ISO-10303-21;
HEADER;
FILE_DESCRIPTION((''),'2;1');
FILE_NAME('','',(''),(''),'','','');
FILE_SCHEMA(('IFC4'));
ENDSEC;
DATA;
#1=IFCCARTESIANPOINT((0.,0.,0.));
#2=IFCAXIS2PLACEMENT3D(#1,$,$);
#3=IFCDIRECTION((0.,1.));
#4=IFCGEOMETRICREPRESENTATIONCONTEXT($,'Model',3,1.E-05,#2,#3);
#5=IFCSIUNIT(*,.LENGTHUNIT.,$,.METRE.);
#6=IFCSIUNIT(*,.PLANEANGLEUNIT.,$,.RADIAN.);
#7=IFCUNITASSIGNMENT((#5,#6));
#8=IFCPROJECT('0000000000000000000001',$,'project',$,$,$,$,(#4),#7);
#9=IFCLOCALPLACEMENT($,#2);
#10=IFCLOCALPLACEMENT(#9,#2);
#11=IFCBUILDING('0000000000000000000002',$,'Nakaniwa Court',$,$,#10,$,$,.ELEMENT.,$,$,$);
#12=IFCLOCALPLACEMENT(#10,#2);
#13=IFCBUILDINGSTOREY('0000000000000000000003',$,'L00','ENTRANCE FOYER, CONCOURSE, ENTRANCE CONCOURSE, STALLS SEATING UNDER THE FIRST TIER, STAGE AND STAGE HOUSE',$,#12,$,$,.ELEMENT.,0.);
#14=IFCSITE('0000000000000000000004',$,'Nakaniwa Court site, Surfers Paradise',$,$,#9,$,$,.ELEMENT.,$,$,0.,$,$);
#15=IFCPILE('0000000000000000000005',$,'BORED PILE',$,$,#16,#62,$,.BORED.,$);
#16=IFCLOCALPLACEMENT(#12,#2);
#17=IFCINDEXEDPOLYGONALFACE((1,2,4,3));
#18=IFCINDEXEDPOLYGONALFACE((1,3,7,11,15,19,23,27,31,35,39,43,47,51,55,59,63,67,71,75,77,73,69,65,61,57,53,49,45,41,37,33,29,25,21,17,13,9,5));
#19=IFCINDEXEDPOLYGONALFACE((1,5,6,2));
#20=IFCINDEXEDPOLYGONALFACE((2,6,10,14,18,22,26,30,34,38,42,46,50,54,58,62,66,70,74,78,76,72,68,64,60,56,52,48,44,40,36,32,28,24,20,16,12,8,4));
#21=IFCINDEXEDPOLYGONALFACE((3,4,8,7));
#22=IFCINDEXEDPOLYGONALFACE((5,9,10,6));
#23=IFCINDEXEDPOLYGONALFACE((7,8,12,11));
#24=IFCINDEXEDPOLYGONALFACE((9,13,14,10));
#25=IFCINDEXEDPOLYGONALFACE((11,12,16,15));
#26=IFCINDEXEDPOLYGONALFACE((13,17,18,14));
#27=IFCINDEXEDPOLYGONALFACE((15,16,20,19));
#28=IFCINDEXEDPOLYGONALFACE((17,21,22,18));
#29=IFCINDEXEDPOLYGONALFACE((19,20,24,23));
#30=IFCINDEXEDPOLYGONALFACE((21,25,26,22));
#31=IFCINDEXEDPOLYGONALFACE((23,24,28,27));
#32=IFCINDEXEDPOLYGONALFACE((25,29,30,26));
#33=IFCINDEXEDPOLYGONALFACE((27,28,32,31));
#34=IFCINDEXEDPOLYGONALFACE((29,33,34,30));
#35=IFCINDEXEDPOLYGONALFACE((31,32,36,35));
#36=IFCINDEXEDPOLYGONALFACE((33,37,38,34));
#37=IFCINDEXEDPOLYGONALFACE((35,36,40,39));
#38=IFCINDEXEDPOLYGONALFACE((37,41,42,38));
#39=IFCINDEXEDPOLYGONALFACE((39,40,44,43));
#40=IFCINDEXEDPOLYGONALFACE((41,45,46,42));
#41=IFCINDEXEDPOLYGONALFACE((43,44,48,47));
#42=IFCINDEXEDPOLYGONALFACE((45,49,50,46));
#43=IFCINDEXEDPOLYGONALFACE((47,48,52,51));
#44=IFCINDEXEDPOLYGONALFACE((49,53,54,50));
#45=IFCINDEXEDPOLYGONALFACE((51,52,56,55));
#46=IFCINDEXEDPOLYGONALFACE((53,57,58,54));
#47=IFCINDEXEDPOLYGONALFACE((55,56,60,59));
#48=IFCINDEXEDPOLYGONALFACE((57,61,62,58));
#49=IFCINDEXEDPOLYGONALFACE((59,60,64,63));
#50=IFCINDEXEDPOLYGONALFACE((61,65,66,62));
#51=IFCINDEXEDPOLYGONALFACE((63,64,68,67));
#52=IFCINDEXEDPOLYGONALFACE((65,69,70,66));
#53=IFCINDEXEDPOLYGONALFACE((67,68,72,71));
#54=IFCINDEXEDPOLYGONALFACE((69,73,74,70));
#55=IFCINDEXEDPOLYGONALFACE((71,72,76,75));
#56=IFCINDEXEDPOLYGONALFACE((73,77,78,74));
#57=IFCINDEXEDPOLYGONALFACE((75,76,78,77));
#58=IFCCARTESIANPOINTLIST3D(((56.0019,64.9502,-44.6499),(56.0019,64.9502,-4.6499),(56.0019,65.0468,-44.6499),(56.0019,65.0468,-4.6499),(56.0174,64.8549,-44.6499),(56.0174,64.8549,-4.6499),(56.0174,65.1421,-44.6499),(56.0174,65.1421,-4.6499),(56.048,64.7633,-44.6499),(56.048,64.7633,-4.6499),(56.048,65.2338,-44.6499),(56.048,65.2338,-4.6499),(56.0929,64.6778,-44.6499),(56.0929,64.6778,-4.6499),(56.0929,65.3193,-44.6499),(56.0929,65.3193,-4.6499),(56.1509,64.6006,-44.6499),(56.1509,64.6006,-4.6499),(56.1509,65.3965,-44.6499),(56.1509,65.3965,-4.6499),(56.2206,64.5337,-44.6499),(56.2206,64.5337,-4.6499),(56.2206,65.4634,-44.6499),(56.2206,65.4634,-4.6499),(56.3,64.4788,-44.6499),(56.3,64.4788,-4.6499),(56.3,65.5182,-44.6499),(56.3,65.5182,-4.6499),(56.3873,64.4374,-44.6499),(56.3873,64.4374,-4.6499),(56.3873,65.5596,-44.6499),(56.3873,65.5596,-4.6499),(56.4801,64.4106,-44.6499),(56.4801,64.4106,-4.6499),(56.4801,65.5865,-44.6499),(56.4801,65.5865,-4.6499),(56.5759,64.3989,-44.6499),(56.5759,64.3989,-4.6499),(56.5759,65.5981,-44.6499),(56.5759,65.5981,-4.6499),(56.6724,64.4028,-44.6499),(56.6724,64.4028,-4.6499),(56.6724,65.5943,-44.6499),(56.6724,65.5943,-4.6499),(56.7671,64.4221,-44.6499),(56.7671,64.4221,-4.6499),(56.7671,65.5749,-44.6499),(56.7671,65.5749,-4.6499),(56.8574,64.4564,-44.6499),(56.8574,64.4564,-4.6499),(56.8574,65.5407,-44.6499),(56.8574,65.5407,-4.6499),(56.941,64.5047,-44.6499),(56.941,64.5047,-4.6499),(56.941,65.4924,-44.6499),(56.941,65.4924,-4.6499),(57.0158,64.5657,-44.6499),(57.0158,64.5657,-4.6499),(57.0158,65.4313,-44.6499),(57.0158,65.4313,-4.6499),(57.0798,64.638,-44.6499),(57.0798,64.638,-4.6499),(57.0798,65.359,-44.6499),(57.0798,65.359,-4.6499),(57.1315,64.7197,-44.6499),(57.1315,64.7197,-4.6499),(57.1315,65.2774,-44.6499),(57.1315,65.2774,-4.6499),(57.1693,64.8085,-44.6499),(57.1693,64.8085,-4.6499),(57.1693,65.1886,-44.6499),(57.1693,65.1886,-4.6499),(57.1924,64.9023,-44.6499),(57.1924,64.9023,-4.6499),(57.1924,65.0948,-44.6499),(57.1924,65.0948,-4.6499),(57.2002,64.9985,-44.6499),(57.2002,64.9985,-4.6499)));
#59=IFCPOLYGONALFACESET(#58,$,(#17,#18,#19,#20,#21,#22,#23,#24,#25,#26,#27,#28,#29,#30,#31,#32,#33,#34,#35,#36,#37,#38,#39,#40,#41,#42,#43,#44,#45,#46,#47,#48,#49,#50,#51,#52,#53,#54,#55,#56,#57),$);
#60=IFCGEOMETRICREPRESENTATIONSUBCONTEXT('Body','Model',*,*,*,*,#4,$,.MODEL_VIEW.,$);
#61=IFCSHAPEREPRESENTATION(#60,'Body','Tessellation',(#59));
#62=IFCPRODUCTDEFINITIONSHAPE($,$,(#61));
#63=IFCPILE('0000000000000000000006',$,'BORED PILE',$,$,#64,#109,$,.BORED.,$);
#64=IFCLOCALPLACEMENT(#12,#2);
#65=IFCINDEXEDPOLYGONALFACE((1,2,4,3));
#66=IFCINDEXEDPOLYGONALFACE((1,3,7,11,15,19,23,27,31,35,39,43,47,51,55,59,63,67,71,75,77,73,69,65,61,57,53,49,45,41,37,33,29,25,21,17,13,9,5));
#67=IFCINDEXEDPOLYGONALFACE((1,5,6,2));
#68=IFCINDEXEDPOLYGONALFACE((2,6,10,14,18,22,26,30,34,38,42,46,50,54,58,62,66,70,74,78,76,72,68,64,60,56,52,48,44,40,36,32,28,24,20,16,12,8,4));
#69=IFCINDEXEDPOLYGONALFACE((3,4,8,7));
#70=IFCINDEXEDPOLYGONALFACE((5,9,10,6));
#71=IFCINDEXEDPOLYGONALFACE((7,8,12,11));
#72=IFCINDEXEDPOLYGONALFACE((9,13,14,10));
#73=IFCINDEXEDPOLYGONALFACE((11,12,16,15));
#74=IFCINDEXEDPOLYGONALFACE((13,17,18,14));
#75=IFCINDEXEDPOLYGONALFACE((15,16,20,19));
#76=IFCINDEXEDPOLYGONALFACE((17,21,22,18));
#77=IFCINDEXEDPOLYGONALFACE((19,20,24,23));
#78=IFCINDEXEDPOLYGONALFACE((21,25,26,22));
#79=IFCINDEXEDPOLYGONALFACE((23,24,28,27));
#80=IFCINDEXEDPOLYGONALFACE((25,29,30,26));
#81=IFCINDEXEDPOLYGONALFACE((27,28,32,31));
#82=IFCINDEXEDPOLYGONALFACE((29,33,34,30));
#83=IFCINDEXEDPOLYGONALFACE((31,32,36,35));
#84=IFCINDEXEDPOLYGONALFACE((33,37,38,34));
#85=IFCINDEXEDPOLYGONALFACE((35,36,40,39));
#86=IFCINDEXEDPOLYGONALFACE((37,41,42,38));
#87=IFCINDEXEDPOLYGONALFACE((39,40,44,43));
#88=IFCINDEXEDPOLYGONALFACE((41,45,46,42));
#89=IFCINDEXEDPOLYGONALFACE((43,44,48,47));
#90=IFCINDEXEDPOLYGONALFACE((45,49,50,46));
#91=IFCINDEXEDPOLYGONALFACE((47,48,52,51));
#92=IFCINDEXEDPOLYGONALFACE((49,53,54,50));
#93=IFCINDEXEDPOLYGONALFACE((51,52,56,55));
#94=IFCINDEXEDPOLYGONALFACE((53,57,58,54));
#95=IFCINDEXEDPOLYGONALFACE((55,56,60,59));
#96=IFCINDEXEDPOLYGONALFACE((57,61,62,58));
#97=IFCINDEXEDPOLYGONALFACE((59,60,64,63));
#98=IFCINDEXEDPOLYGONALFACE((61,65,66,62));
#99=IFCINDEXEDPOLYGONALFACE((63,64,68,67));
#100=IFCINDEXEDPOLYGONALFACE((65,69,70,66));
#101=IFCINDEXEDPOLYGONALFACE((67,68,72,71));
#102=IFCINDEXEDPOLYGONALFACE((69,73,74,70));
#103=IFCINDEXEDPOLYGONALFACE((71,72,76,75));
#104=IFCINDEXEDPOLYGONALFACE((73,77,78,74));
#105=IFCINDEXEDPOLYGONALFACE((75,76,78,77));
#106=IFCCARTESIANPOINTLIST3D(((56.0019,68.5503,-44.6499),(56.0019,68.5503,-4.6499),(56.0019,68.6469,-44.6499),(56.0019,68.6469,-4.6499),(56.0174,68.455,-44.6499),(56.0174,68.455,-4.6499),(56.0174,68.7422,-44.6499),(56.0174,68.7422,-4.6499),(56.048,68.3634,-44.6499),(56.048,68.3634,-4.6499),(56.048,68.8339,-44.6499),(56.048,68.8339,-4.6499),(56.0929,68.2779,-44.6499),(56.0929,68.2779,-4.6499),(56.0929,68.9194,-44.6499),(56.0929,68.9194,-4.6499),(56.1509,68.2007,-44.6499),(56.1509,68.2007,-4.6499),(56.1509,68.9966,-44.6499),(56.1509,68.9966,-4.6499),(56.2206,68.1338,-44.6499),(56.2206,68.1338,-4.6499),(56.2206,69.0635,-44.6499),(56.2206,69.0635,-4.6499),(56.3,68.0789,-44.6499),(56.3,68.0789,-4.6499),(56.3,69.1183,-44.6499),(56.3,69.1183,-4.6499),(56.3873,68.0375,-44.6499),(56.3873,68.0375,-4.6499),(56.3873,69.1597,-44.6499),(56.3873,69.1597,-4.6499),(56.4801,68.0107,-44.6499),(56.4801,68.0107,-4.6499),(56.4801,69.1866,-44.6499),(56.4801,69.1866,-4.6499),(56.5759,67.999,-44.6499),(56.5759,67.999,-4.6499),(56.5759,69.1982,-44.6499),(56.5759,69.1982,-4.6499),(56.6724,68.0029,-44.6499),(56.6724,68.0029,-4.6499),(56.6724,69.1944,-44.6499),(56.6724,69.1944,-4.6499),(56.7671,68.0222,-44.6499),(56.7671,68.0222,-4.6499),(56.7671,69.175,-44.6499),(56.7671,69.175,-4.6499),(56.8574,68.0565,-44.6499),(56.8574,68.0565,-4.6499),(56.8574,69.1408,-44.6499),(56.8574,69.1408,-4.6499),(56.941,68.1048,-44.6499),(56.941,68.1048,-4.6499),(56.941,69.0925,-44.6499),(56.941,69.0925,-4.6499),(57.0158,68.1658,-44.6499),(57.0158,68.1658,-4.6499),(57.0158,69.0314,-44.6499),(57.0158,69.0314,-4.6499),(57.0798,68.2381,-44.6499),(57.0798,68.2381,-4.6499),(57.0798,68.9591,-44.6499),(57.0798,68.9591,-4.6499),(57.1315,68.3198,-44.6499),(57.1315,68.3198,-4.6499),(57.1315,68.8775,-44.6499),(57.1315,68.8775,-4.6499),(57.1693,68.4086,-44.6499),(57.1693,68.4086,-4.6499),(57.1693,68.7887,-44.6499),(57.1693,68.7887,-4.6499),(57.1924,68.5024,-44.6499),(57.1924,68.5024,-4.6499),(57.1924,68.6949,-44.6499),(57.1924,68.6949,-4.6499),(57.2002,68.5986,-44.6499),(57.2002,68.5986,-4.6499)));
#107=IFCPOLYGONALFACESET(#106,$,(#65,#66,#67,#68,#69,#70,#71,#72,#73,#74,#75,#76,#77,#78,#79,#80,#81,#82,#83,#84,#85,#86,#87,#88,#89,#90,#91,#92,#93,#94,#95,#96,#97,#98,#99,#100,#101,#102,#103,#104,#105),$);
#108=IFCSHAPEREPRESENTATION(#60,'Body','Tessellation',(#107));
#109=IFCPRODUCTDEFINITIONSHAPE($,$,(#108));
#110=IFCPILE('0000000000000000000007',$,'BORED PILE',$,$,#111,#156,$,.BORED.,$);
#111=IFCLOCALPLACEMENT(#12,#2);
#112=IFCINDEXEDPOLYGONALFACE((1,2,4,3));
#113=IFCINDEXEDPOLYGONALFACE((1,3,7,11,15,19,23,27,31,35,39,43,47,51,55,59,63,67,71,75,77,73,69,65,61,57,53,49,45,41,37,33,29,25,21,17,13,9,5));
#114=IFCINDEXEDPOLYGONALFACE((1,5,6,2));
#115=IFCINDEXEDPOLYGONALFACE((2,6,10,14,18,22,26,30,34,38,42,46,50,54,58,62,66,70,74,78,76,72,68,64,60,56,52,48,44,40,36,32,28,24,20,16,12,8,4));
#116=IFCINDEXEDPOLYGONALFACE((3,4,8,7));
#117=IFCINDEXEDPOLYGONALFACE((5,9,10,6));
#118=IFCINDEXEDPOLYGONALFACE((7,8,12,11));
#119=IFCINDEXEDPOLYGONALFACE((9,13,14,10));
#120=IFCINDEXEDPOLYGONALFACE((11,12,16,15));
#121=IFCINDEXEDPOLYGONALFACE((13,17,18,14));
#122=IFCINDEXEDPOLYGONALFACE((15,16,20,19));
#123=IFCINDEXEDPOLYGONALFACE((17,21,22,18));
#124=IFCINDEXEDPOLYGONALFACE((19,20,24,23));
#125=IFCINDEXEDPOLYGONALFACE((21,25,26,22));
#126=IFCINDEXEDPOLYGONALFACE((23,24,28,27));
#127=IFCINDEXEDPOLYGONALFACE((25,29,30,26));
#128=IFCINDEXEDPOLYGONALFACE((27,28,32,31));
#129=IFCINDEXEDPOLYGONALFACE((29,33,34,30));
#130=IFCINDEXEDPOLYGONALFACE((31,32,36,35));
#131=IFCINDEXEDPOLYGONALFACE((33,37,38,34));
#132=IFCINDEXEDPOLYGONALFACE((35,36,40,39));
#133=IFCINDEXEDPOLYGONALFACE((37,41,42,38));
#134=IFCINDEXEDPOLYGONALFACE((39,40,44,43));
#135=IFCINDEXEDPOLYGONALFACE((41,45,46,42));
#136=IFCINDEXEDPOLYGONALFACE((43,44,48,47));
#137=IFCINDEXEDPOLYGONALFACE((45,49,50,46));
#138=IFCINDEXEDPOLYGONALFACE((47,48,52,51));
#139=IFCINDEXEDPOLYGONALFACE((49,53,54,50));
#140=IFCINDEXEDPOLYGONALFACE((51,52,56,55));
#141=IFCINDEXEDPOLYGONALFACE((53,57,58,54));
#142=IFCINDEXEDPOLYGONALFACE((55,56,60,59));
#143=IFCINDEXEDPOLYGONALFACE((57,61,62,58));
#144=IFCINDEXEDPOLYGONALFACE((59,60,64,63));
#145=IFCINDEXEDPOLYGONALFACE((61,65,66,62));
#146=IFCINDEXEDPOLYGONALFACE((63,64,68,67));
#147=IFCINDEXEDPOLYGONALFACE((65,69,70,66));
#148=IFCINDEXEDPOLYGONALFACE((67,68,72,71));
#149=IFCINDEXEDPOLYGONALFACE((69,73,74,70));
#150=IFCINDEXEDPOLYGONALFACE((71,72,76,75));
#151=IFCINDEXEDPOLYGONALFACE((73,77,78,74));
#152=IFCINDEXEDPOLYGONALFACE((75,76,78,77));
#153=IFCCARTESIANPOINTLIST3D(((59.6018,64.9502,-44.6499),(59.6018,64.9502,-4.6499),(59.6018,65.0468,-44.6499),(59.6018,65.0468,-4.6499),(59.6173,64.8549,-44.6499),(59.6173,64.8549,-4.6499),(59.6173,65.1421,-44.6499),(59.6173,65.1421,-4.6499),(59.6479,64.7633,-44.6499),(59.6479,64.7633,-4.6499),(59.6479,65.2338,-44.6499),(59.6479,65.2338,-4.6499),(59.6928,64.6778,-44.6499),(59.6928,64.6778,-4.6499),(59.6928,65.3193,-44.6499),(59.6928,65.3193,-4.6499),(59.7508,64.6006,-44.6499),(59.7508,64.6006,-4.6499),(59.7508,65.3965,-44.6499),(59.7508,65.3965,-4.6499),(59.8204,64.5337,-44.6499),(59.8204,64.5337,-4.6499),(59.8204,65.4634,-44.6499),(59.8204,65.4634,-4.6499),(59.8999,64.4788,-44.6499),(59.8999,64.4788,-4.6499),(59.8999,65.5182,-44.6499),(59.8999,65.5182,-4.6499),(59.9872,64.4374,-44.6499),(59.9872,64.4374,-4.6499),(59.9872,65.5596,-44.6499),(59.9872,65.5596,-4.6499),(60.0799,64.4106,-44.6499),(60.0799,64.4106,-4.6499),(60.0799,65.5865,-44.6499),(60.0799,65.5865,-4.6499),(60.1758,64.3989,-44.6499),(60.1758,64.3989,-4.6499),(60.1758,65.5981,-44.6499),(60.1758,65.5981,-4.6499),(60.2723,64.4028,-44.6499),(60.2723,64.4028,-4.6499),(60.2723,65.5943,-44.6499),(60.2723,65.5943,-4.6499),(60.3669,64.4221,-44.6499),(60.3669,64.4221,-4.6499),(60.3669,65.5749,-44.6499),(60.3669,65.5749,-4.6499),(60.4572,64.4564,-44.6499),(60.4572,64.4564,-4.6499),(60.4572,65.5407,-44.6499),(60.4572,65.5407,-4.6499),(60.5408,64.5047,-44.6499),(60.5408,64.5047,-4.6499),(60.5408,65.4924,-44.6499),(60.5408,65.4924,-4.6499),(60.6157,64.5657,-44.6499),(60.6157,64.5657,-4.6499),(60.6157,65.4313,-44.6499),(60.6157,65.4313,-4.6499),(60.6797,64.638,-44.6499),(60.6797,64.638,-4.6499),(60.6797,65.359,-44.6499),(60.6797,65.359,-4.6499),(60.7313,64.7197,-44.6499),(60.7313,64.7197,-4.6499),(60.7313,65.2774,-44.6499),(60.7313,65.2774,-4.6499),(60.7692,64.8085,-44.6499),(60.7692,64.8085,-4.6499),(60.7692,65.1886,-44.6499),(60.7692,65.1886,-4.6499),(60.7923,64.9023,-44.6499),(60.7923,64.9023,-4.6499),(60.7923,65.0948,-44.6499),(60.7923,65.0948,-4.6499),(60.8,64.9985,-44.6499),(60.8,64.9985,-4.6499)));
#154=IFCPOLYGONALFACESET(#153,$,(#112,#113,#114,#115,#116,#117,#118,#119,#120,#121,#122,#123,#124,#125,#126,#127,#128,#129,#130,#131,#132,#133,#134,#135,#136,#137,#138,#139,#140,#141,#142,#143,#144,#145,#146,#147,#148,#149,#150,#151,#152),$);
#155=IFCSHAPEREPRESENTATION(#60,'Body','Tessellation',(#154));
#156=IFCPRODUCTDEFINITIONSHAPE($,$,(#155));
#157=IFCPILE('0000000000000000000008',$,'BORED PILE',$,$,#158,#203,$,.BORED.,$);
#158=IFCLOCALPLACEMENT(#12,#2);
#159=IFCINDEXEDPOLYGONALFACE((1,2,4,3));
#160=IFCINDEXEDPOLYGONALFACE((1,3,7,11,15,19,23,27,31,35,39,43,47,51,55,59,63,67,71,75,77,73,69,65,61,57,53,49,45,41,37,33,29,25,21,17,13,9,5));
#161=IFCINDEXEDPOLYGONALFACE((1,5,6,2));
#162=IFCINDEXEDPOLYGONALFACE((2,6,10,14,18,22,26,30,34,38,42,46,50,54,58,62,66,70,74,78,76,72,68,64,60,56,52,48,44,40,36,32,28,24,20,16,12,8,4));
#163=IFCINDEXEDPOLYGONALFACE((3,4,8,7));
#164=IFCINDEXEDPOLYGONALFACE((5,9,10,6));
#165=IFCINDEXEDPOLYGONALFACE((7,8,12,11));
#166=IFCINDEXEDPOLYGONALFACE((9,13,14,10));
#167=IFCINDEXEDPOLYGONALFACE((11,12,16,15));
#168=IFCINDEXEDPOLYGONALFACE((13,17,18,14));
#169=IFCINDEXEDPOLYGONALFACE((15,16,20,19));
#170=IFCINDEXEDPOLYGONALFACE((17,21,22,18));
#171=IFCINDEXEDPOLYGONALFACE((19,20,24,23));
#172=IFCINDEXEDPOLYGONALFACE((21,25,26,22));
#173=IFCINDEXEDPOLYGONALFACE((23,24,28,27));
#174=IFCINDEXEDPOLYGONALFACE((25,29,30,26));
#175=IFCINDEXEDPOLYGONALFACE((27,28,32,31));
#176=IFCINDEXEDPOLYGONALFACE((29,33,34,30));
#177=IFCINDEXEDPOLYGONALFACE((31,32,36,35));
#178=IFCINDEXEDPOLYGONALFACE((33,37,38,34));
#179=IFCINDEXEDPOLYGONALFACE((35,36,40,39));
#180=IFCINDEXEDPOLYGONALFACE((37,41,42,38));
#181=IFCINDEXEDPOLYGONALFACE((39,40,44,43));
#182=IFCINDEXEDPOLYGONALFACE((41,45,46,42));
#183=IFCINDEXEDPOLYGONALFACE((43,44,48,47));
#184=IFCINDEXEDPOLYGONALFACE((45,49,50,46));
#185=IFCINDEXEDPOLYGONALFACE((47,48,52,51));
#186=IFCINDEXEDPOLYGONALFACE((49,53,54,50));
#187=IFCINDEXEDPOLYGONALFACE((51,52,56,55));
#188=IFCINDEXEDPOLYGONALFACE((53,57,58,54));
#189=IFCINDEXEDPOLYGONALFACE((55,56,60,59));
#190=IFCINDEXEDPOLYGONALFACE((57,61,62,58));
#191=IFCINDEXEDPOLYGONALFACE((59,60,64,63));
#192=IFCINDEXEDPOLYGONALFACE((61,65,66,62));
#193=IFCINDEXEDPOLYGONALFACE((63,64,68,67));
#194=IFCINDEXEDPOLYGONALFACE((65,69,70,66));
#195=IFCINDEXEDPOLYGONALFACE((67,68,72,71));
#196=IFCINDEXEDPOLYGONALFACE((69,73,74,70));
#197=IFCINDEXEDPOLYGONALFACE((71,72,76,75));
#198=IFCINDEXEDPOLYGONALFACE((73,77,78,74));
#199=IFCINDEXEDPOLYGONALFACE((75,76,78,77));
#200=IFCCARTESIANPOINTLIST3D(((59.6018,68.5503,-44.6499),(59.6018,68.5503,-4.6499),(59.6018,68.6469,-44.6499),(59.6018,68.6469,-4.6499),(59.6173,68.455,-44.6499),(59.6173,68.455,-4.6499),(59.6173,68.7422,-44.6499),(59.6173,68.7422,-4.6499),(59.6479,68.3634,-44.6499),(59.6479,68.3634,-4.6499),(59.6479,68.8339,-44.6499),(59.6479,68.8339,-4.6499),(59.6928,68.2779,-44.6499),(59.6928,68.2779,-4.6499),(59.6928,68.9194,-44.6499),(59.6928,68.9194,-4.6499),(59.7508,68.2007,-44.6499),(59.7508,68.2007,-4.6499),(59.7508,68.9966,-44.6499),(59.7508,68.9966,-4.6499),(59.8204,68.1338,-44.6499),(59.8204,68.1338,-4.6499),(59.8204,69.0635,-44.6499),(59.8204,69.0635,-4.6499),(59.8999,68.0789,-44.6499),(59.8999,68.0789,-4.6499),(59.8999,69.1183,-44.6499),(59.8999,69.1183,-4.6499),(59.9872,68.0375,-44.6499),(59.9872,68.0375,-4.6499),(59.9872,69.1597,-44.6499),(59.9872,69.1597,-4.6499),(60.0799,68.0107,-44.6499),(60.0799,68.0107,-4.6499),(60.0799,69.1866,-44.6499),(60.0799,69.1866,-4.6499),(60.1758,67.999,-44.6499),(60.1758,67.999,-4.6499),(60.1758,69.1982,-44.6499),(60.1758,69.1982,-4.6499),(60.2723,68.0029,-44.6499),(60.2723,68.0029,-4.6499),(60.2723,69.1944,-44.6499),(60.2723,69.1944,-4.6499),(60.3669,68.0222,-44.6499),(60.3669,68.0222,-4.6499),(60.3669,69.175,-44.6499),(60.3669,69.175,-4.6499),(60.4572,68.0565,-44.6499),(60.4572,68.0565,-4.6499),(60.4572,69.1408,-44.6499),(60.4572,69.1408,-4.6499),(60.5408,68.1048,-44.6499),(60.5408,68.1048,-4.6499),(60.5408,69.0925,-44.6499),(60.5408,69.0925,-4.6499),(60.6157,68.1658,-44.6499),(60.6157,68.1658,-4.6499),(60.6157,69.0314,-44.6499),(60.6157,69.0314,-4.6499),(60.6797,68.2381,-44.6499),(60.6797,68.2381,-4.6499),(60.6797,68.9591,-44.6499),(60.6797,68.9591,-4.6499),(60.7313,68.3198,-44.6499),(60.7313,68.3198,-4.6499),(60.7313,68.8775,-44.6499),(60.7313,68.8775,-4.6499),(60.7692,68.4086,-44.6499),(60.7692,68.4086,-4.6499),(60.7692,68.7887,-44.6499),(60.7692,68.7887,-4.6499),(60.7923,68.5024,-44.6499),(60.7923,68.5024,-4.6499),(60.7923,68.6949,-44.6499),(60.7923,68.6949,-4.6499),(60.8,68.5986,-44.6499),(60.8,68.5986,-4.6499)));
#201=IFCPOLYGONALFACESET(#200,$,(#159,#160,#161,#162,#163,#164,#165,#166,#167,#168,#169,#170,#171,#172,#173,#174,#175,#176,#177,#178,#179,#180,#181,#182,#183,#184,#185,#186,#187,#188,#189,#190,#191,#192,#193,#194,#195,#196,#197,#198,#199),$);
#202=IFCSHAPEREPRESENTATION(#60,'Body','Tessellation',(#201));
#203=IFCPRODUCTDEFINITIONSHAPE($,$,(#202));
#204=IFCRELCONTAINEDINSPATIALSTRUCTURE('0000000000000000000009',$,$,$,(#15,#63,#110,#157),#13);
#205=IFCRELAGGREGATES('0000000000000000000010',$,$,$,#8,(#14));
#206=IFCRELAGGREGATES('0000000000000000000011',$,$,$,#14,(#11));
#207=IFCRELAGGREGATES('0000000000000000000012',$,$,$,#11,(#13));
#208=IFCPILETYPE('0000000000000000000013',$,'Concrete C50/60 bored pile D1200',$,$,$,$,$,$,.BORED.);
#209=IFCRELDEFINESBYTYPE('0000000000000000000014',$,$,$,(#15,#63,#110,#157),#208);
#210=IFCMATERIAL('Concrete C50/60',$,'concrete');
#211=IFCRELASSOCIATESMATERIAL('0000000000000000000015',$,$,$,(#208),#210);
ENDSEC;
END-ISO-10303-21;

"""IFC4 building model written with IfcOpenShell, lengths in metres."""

from ifc_helpers import new_model, si_unit, direction, frame, origin, origin_2d, place, context, subcontext, project, spatial, circle, extrude, material, material_profile, profile_set, type_object, element, save


model = new_model("IFC4")

# Units and contexts
model_context = context("Model", 3, precision=1e-05, world=origin(), true_north=direction((0.0, 1.0)))
body_context = subcontext(model_context, "Body", "Model", "MODEL_VIEW")
ifc_project = project(units=[si_unit("LENGTHUNIT", "METRE"), si_unit("PLANEANGLEUNIT", "RADIAN")], contexts=[model_context])

# Site, building, storey
site_placement = place(None, origin())
site = spatial("IfcSite", under=ifc_project, at=site_placement, Name="Nakaniwa Court site, Surfers Paradise", CompositionType="ELEMENT", RefElevation=0.0)
building_placement = place(site_placement, origin())
building = spatial("IfcBuilding", under=site, at=building_placement, Name="Nakaniwa Court", CompositionType="ELEMENT")
storey_placement = place(building_placement, origin())
storey = spatial("IfcBuildingStorey", under=building, at=storey_placement, Name="L00", Description="ENTRANCE FOYER, CONCOURSE, ENTRANCE CONCOURSE, STALLS SEATING UNDER THE FIRST TIER, STAGE AND STAGE HOUSE", CompositionType="ELEMENT", Elevation=0.0)

# Piles
ifc_material_1 = material(Name="Concrete C50/60", Category="concrete")
ifc_material_profile_1 = material_profile(ifc_material_1, circle(Radius=0.6001, at=origin_2d()), Name="Concrete C50/60 bored pile D1200")
ifc_profile_set_1 = profile_set([ifc_material_profile_1], Name="Concrete C50/60")
pile_type = type_object("IfcPileType", Name="Concrete C50/60 bored pile D1200", PredefinedType="BORED", material=ifc_profile_set_1)
for number, where, z_axis, x_axis, name in (
    (1, (56.6001, 64.9985, -4.6499), (0.0, 0.0, -1.0), (1.0, 0.0, 0.0), "BORED PILE"),
    (2, (56.6001, 68.5986, -4.6499), (0.0, 0.0, -1.0), (1.0, 0.0, 0.0), "BORED PILE"),
    (3, (60.2, 64.9985, -4.6499), (0.0, 0.0, -1.0), (1.0, 0.0, 0.0), "BORED PILE"),
    (4, (60.2, 68.5986, -4.6499), (0.0, 0.0, -1.0), (1.0, 0.0, 0.0), "BORED PILE"),
):
    element("IfcPile", number, at=place(storey_placement, frame(where, z_axis=z_axis, x_axis=x_axis)), inside=storey, type_object=pile_type, Name=name, PredefinedType="BORED", context=body_context, shape_type="SweptSolid", body=[
        extrude(circle(Radius=0.6001, at=origin_2d()), origin(), (0.0, 0.0, 1.0), 40.0),
    ])

save(model, "model.ifc")
